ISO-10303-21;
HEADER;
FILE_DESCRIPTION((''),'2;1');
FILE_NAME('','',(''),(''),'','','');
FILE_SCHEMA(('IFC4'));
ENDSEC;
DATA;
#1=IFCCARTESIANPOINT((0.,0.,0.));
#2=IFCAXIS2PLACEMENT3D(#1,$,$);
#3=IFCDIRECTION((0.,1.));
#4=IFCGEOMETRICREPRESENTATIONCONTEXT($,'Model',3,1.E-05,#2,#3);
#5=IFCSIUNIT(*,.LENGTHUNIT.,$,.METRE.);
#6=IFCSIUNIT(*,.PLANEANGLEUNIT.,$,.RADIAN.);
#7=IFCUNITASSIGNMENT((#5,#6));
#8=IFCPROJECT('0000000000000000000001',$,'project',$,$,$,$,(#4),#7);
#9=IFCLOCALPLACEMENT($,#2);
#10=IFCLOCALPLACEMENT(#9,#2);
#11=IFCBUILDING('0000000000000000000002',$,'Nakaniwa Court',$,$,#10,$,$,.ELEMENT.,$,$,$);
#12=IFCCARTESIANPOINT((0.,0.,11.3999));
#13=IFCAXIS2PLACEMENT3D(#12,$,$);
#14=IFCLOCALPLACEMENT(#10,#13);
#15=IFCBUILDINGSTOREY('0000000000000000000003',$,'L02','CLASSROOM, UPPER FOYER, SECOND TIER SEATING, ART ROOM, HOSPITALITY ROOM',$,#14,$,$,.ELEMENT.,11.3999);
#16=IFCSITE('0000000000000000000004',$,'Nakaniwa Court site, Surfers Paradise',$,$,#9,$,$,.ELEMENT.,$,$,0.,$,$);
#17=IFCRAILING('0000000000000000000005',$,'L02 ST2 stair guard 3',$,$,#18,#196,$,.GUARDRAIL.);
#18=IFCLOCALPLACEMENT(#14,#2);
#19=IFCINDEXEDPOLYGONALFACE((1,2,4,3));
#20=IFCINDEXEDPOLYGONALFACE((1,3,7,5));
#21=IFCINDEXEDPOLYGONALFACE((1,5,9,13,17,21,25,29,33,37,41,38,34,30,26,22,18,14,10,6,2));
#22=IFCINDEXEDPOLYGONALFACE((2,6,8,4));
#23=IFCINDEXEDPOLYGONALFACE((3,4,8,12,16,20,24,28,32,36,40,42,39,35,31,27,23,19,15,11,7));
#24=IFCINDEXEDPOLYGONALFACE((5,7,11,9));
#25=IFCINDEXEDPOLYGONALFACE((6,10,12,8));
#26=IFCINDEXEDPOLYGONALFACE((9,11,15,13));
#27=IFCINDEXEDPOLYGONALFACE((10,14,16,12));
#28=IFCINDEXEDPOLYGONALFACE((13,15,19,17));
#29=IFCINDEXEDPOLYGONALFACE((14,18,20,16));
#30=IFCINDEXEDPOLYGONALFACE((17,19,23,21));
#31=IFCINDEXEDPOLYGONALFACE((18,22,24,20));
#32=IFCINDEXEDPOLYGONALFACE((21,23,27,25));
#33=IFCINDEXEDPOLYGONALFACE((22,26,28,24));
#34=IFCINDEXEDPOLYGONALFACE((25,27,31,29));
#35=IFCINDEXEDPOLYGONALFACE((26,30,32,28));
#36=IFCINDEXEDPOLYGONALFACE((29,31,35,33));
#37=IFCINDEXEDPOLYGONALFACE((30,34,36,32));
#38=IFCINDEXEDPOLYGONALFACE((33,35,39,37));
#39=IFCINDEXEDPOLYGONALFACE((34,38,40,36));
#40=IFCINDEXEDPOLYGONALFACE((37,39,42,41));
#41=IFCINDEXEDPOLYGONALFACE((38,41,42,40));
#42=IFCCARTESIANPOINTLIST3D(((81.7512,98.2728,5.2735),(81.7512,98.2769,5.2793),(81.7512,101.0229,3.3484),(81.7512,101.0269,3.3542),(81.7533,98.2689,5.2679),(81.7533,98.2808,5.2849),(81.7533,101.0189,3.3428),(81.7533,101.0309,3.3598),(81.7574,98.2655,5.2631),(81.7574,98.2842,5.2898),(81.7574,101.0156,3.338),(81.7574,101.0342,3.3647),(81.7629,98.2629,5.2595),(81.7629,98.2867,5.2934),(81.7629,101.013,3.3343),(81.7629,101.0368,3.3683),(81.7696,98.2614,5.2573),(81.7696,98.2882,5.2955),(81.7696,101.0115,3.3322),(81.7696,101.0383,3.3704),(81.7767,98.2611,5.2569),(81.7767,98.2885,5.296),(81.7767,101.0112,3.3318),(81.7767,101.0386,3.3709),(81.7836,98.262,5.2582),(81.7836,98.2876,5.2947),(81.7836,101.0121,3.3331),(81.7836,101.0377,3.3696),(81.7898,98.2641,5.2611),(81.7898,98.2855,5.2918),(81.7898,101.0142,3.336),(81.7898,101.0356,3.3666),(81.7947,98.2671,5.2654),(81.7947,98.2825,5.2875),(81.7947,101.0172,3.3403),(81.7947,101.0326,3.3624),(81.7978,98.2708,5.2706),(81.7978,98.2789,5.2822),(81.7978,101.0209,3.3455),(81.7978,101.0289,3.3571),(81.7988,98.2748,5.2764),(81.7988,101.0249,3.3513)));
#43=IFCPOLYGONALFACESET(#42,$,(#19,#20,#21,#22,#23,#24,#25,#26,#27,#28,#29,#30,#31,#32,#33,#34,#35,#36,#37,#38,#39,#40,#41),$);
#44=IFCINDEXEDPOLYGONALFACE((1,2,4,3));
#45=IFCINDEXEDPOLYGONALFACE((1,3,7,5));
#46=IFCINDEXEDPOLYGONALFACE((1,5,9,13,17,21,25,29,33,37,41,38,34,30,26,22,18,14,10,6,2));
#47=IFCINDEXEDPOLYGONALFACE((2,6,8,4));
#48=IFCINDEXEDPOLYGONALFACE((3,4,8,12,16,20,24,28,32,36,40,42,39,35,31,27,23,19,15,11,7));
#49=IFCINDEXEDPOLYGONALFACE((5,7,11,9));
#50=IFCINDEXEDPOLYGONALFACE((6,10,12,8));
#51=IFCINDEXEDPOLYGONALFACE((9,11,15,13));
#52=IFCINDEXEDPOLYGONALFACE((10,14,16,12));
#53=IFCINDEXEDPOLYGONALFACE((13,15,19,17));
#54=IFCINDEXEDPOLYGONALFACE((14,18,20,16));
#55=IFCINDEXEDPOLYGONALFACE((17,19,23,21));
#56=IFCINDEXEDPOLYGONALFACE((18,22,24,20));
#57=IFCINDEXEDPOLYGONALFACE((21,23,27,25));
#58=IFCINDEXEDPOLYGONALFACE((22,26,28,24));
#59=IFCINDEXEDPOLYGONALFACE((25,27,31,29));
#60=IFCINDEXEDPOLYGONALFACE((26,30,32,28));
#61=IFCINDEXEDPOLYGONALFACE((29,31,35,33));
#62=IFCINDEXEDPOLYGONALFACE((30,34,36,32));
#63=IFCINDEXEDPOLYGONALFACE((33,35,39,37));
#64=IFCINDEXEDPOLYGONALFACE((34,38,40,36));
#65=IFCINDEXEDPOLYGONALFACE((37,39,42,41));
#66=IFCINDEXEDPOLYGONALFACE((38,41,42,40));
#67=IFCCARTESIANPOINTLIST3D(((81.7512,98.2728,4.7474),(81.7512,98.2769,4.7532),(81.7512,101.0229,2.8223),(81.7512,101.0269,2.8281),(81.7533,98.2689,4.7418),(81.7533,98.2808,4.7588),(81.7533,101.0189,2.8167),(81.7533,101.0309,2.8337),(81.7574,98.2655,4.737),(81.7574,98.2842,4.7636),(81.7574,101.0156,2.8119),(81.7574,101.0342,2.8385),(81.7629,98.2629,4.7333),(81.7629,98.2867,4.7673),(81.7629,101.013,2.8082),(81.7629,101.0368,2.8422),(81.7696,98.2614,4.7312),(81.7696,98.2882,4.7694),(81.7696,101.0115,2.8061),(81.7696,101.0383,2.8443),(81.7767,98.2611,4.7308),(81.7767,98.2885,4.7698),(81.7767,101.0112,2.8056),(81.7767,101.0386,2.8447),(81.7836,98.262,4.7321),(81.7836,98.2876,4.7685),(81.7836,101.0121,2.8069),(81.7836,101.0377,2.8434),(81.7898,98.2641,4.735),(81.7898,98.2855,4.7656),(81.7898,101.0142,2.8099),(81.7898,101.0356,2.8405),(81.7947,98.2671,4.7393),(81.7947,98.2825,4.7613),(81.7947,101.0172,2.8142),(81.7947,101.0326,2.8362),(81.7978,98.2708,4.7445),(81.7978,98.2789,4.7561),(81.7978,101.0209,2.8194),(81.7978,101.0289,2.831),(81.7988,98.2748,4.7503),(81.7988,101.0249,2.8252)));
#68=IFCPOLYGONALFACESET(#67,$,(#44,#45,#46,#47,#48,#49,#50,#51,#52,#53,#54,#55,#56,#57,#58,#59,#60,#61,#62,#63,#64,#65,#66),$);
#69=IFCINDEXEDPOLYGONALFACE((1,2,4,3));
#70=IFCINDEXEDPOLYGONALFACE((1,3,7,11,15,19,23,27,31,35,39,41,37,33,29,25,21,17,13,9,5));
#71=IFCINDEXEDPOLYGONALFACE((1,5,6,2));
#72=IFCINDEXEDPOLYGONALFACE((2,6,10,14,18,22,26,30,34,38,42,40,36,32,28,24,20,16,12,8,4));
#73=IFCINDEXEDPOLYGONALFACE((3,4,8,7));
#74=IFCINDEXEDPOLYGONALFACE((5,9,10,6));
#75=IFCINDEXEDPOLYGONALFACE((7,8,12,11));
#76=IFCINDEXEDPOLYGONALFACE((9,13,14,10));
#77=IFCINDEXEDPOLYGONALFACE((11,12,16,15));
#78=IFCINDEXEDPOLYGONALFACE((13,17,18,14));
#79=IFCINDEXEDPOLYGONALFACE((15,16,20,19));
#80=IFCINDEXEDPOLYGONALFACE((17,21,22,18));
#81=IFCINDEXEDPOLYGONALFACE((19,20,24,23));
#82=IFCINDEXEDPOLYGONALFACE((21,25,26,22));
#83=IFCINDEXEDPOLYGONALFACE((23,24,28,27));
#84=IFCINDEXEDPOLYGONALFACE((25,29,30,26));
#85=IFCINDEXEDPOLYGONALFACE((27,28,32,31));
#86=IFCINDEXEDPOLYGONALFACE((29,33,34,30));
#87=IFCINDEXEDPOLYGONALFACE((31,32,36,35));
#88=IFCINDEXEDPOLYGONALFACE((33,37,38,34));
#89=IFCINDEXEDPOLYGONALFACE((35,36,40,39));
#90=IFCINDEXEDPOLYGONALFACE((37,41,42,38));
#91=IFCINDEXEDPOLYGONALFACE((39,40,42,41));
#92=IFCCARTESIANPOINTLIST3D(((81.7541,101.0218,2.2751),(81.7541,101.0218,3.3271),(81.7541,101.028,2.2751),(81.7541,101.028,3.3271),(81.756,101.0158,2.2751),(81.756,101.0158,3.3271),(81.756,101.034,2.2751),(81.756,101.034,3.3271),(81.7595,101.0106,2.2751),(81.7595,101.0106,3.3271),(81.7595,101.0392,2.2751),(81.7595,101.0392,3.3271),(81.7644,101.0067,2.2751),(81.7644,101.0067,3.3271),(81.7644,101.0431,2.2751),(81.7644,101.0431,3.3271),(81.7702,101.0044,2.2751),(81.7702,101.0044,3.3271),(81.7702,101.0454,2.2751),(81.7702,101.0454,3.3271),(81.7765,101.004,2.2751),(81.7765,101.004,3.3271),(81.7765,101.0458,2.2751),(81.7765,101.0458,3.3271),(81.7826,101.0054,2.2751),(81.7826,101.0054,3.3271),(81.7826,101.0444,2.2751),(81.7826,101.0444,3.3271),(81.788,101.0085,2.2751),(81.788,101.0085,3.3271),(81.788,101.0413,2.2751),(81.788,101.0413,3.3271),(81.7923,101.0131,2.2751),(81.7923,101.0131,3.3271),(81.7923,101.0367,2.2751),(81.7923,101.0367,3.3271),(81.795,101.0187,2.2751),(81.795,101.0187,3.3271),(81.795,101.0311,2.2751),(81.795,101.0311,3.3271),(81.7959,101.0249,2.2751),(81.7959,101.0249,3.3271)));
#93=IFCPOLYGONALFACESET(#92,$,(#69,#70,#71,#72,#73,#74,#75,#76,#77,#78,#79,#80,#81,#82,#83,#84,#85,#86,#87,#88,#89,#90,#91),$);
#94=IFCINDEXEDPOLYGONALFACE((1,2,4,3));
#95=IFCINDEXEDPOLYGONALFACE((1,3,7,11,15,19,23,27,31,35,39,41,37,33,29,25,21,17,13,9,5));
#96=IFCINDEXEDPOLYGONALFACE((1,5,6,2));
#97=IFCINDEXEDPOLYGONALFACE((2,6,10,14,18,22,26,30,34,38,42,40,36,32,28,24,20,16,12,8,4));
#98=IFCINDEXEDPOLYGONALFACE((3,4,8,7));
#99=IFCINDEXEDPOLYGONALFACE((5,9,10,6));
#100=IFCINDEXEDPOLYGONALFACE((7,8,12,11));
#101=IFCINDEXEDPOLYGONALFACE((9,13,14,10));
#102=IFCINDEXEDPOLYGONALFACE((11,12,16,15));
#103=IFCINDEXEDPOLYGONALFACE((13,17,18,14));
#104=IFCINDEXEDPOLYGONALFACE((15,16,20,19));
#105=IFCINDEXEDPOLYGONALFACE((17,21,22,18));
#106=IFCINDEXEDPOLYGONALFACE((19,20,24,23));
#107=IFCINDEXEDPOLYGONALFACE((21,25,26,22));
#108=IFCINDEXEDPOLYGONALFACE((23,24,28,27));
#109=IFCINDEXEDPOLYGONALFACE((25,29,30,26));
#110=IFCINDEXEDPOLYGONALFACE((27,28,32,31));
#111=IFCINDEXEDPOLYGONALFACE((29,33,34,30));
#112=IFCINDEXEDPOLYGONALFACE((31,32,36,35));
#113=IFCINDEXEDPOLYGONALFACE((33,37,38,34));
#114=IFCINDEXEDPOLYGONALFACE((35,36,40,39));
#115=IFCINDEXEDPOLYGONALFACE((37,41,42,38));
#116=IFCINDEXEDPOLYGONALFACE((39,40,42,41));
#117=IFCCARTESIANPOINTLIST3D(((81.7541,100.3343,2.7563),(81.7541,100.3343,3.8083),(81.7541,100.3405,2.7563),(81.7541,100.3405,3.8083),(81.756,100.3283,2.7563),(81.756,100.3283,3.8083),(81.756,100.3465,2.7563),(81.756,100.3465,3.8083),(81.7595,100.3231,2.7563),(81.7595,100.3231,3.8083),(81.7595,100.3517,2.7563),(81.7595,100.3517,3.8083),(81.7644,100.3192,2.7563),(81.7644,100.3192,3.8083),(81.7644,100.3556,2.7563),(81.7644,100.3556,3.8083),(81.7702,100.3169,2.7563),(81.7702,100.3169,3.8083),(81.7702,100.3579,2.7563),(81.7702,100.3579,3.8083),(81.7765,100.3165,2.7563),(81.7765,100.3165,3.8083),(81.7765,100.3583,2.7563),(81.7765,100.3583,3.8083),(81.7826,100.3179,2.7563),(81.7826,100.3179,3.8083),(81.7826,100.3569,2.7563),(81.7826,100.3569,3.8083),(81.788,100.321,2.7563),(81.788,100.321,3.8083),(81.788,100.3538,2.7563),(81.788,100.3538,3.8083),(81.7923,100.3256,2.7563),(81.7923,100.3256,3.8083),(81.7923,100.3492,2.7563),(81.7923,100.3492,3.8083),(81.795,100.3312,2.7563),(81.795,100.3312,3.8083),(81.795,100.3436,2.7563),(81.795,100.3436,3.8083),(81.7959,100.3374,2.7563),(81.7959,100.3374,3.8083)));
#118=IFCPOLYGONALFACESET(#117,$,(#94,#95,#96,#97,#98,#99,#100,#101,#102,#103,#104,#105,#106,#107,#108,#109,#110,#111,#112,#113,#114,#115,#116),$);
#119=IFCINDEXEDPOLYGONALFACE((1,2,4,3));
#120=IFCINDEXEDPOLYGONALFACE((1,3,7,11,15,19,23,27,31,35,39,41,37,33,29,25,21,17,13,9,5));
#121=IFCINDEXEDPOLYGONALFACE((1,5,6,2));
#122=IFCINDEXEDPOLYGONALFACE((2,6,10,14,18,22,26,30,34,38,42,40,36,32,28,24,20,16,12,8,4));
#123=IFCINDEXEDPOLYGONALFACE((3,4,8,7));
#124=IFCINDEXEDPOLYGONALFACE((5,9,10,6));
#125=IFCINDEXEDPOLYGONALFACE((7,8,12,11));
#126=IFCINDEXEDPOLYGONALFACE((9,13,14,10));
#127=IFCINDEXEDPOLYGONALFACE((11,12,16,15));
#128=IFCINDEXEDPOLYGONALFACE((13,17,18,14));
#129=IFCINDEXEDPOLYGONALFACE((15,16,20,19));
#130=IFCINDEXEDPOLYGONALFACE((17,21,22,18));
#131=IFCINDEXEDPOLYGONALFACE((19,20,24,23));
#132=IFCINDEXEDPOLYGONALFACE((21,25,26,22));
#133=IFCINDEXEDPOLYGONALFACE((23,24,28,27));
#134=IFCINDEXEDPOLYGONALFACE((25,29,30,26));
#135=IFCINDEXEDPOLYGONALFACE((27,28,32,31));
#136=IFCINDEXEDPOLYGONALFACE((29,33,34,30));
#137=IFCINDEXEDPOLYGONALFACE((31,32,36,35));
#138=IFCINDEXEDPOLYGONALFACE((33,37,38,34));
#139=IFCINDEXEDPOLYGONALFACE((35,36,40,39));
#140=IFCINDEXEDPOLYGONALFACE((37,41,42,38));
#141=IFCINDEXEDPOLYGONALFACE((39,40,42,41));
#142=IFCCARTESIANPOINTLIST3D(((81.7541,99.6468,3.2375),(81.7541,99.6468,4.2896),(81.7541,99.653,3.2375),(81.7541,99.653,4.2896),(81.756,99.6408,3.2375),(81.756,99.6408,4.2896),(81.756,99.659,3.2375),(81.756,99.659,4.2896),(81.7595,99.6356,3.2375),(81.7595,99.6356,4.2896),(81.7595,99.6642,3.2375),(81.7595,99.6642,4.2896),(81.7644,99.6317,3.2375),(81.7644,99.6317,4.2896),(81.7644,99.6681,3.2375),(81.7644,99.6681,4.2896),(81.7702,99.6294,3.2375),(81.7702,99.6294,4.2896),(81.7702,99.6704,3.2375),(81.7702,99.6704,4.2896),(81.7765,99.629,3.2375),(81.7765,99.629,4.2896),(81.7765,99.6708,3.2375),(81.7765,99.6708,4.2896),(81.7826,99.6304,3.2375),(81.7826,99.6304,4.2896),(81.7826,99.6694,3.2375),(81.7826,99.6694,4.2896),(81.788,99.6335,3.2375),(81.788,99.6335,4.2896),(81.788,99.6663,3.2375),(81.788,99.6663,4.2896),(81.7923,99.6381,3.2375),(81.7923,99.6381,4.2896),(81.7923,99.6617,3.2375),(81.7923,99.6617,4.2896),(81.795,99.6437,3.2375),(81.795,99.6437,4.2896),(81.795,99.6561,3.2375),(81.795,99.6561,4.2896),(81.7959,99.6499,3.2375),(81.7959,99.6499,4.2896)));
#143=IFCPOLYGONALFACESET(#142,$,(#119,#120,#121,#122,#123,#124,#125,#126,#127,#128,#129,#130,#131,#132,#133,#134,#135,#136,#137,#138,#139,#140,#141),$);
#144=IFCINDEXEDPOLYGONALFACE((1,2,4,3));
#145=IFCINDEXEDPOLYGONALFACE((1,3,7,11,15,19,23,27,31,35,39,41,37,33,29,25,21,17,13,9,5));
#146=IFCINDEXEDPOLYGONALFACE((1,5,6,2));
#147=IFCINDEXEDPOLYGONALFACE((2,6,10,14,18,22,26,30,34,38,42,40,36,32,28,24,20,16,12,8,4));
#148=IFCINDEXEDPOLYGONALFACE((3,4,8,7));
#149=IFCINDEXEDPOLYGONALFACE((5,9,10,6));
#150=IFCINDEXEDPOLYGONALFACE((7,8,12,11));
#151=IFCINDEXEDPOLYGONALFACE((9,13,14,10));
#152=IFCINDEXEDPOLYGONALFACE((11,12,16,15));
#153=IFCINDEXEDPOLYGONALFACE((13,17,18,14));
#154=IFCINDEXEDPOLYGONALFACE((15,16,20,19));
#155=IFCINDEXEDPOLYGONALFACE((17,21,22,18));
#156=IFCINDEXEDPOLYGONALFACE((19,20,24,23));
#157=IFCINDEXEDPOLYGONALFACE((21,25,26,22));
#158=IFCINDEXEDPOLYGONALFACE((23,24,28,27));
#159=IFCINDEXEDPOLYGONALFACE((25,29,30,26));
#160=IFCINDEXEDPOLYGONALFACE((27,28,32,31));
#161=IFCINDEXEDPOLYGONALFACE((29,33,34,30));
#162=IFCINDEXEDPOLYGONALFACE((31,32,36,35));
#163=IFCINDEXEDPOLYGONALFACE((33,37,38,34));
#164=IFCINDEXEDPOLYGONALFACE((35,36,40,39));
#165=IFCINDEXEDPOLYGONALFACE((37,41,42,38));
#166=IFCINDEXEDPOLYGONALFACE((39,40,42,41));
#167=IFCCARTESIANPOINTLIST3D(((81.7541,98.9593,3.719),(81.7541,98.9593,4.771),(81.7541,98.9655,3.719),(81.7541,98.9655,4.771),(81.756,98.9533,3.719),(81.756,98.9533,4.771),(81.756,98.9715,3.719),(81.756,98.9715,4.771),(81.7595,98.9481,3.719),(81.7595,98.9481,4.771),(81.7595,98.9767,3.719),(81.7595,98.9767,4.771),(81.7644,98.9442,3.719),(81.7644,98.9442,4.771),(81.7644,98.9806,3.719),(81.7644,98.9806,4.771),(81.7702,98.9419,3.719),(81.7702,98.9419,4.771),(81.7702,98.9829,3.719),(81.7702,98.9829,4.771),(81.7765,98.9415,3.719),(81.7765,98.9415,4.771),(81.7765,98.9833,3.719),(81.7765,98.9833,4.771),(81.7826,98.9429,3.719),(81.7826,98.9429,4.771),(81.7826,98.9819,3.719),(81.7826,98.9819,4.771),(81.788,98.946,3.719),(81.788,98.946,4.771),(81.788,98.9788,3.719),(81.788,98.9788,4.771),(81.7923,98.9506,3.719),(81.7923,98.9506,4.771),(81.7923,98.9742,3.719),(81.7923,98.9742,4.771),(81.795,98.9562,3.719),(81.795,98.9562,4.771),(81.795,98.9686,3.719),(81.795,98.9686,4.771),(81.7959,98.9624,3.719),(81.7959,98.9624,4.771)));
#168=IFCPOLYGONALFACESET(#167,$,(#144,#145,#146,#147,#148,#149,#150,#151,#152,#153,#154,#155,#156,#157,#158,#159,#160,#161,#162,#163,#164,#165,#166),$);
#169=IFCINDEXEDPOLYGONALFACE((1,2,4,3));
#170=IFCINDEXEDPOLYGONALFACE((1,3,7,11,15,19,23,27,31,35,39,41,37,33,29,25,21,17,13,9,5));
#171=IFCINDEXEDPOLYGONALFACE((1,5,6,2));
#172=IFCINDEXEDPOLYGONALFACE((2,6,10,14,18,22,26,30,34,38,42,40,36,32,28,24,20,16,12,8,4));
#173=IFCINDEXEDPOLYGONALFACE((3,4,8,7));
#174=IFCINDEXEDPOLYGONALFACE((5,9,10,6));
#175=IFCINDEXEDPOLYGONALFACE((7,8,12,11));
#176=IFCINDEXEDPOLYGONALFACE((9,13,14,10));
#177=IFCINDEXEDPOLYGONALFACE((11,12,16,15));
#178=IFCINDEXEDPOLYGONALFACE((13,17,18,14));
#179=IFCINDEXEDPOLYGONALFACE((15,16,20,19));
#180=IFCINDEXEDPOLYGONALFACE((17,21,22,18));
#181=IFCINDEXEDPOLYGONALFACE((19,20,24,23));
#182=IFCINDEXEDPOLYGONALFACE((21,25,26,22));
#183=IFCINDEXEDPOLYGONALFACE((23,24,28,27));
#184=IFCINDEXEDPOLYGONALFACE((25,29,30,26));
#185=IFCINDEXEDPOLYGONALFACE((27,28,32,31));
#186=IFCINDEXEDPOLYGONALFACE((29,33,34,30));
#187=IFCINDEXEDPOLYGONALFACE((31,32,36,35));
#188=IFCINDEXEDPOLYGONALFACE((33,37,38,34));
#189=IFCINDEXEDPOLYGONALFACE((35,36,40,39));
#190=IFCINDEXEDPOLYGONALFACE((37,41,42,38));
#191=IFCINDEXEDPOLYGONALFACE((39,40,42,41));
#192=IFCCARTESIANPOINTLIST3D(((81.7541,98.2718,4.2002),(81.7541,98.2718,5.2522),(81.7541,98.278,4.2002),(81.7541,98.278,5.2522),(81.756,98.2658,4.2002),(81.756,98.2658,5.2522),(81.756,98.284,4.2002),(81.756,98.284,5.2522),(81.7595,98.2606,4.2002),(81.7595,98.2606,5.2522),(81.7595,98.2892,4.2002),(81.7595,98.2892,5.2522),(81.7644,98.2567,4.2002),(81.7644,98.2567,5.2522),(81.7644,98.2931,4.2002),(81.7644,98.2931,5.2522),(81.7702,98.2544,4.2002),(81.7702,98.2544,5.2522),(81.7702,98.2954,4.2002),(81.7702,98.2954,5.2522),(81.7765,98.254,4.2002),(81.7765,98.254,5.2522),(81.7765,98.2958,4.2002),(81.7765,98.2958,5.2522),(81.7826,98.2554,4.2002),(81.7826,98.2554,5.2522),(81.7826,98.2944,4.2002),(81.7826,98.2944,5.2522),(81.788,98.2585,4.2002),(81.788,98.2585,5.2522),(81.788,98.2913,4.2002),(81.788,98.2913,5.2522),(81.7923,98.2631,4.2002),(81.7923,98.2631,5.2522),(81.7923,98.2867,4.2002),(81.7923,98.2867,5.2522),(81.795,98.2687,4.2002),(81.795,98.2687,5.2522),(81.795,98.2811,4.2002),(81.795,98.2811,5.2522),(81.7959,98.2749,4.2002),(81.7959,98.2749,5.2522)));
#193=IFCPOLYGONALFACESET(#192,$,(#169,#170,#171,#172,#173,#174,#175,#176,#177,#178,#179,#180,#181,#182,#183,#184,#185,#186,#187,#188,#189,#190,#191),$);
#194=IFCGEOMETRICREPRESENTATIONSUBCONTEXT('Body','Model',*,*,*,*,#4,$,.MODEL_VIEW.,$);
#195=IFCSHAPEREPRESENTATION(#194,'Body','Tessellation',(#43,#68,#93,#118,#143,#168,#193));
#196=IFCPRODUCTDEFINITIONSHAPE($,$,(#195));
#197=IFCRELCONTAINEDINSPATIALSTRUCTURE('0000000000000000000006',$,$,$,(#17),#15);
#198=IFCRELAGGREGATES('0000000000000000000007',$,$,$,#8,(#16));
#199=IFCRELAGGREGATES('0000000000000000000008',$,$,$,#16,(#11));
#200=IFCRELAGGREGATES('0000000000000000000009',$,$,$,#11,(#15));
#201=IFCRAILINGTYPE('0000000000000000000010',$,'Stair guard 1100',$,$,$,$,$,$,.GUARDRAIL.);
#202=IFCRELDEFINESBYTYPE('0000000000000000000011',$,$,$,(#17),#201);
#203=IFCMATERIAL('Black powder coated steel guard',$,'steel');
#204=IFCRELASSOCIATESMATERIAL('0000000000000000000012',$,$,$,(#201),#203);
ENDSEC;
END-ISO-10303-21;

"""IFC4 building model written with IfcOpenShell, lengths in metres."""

from ifc_helpers import new_model, si_unit, direction, frame, origin, origin_2d, place, context, subcontext, project, spatial, circle, extrude, material, type_object, element, save


model = new_model("IFC4")

# Units and contexts
model_context = context("Model", 3, precision=1e-05, world=origin(), true_north=direction((0.0, 1.0)))
body_context = subcontext(model_context, "Body", "Model", "MODEL_VIEW")
ifc_project = project(units=[si_unit("LENGTHUNIT", "METRE"), si_unit("PLANEANGLEUNIT", "RADIAN")], contexts=[model_context])

# Site, building, storey
site_placement = place(None, origin())
site = spatial("IfcSite", under=ifc_project, at=site_placement, Name="Nakaniwa Court site, Surfers Paradise", CompositionType="ELEMENT", RefElevation=0.0)
building_placement = place(site_placement, origin())
building = spatial("IfcBuilding", under=site, at=building_placement, Name="Nakaniwa Court", CompositionType="ELEMENT")
storey_placement = place(building_placement, frame((0.0, 0.0, 11.3999)))
storey = spatial("IfcBuildingStorey", under=building, at=storey_placement, Name="L02", Description="CLASSROOM, UPPER FOYER, SECOND TIER SEATING, ART ROOM, HOSPITALITY ROOM", CompositionType="ELEMENT", Elevation=11.3999)

# Railing
ifc_material_1 = material(Name="Black powder coated steel guard", Category="steel")
railing_type_1 = type_object("IfcRailingType", Name="Stair guard 1100", PredefinedType="GUARDRAIL", material=ifc_material_1)
railing_1_placement = place(storey_placement, frame((81.7749, 101.0249, 2.2751)))
element("IfcRailing", 1, at=railing_1_placement, inside=storey, type_object=railing_type_1, Name="L02 ST2 stair guard 3", PredefinedType="GUARDRAIL", context=body_context, shape_type="SweptSolid", body=[
    extrude(circle(Radius=0.0239, at=origin_2d()), frame((0.0, 0.0, 1.0762), z_axis=(0.0, -0.819225, 0.573472), x_axis=(1.0, 0.0, 0.0)), (0.0, 0.0, 1.0), 3.3569),
    extrude(circle(Radius=0.0239, at=origin_2d()), frame((0.0, 0.0, 0.55), z_axis=(0.0, -0.819225, 0.573472), x_axis=(1.0, 0.0, 0.0)), (0.0, 0.0, 1.0), 3.3569),
    extrude(circle(Radius=0.021, at=origin_2d()), origin(), (0.0, 0.0, 1.0), 1.052),
    extrude(circle(Radius=0.021, at=origin_2d()), frame((0.0, -0.6875, 0.4812)), (0.0, 0.0, 1.0), 1.052),
    extrude(circle(Radius=0.021, at=origin_2d()), frame((0.0, -1.375, 0.9624)), (0.0, 0.0, 1.0), 1.052),
    extrude(circle(Radius=0.021, at=origin_2d()), frame((0.0, -2.0625, 1.4438)), (0.0, 0.0, 1.0), 1.052),
    extrude(circle(Radius=0.021, at=origin_2d()), frame((0.0, -2.75, 1.925)), (0.0, 0.0, 1.0), 1.052),
])

save(model, "model.ifc")
